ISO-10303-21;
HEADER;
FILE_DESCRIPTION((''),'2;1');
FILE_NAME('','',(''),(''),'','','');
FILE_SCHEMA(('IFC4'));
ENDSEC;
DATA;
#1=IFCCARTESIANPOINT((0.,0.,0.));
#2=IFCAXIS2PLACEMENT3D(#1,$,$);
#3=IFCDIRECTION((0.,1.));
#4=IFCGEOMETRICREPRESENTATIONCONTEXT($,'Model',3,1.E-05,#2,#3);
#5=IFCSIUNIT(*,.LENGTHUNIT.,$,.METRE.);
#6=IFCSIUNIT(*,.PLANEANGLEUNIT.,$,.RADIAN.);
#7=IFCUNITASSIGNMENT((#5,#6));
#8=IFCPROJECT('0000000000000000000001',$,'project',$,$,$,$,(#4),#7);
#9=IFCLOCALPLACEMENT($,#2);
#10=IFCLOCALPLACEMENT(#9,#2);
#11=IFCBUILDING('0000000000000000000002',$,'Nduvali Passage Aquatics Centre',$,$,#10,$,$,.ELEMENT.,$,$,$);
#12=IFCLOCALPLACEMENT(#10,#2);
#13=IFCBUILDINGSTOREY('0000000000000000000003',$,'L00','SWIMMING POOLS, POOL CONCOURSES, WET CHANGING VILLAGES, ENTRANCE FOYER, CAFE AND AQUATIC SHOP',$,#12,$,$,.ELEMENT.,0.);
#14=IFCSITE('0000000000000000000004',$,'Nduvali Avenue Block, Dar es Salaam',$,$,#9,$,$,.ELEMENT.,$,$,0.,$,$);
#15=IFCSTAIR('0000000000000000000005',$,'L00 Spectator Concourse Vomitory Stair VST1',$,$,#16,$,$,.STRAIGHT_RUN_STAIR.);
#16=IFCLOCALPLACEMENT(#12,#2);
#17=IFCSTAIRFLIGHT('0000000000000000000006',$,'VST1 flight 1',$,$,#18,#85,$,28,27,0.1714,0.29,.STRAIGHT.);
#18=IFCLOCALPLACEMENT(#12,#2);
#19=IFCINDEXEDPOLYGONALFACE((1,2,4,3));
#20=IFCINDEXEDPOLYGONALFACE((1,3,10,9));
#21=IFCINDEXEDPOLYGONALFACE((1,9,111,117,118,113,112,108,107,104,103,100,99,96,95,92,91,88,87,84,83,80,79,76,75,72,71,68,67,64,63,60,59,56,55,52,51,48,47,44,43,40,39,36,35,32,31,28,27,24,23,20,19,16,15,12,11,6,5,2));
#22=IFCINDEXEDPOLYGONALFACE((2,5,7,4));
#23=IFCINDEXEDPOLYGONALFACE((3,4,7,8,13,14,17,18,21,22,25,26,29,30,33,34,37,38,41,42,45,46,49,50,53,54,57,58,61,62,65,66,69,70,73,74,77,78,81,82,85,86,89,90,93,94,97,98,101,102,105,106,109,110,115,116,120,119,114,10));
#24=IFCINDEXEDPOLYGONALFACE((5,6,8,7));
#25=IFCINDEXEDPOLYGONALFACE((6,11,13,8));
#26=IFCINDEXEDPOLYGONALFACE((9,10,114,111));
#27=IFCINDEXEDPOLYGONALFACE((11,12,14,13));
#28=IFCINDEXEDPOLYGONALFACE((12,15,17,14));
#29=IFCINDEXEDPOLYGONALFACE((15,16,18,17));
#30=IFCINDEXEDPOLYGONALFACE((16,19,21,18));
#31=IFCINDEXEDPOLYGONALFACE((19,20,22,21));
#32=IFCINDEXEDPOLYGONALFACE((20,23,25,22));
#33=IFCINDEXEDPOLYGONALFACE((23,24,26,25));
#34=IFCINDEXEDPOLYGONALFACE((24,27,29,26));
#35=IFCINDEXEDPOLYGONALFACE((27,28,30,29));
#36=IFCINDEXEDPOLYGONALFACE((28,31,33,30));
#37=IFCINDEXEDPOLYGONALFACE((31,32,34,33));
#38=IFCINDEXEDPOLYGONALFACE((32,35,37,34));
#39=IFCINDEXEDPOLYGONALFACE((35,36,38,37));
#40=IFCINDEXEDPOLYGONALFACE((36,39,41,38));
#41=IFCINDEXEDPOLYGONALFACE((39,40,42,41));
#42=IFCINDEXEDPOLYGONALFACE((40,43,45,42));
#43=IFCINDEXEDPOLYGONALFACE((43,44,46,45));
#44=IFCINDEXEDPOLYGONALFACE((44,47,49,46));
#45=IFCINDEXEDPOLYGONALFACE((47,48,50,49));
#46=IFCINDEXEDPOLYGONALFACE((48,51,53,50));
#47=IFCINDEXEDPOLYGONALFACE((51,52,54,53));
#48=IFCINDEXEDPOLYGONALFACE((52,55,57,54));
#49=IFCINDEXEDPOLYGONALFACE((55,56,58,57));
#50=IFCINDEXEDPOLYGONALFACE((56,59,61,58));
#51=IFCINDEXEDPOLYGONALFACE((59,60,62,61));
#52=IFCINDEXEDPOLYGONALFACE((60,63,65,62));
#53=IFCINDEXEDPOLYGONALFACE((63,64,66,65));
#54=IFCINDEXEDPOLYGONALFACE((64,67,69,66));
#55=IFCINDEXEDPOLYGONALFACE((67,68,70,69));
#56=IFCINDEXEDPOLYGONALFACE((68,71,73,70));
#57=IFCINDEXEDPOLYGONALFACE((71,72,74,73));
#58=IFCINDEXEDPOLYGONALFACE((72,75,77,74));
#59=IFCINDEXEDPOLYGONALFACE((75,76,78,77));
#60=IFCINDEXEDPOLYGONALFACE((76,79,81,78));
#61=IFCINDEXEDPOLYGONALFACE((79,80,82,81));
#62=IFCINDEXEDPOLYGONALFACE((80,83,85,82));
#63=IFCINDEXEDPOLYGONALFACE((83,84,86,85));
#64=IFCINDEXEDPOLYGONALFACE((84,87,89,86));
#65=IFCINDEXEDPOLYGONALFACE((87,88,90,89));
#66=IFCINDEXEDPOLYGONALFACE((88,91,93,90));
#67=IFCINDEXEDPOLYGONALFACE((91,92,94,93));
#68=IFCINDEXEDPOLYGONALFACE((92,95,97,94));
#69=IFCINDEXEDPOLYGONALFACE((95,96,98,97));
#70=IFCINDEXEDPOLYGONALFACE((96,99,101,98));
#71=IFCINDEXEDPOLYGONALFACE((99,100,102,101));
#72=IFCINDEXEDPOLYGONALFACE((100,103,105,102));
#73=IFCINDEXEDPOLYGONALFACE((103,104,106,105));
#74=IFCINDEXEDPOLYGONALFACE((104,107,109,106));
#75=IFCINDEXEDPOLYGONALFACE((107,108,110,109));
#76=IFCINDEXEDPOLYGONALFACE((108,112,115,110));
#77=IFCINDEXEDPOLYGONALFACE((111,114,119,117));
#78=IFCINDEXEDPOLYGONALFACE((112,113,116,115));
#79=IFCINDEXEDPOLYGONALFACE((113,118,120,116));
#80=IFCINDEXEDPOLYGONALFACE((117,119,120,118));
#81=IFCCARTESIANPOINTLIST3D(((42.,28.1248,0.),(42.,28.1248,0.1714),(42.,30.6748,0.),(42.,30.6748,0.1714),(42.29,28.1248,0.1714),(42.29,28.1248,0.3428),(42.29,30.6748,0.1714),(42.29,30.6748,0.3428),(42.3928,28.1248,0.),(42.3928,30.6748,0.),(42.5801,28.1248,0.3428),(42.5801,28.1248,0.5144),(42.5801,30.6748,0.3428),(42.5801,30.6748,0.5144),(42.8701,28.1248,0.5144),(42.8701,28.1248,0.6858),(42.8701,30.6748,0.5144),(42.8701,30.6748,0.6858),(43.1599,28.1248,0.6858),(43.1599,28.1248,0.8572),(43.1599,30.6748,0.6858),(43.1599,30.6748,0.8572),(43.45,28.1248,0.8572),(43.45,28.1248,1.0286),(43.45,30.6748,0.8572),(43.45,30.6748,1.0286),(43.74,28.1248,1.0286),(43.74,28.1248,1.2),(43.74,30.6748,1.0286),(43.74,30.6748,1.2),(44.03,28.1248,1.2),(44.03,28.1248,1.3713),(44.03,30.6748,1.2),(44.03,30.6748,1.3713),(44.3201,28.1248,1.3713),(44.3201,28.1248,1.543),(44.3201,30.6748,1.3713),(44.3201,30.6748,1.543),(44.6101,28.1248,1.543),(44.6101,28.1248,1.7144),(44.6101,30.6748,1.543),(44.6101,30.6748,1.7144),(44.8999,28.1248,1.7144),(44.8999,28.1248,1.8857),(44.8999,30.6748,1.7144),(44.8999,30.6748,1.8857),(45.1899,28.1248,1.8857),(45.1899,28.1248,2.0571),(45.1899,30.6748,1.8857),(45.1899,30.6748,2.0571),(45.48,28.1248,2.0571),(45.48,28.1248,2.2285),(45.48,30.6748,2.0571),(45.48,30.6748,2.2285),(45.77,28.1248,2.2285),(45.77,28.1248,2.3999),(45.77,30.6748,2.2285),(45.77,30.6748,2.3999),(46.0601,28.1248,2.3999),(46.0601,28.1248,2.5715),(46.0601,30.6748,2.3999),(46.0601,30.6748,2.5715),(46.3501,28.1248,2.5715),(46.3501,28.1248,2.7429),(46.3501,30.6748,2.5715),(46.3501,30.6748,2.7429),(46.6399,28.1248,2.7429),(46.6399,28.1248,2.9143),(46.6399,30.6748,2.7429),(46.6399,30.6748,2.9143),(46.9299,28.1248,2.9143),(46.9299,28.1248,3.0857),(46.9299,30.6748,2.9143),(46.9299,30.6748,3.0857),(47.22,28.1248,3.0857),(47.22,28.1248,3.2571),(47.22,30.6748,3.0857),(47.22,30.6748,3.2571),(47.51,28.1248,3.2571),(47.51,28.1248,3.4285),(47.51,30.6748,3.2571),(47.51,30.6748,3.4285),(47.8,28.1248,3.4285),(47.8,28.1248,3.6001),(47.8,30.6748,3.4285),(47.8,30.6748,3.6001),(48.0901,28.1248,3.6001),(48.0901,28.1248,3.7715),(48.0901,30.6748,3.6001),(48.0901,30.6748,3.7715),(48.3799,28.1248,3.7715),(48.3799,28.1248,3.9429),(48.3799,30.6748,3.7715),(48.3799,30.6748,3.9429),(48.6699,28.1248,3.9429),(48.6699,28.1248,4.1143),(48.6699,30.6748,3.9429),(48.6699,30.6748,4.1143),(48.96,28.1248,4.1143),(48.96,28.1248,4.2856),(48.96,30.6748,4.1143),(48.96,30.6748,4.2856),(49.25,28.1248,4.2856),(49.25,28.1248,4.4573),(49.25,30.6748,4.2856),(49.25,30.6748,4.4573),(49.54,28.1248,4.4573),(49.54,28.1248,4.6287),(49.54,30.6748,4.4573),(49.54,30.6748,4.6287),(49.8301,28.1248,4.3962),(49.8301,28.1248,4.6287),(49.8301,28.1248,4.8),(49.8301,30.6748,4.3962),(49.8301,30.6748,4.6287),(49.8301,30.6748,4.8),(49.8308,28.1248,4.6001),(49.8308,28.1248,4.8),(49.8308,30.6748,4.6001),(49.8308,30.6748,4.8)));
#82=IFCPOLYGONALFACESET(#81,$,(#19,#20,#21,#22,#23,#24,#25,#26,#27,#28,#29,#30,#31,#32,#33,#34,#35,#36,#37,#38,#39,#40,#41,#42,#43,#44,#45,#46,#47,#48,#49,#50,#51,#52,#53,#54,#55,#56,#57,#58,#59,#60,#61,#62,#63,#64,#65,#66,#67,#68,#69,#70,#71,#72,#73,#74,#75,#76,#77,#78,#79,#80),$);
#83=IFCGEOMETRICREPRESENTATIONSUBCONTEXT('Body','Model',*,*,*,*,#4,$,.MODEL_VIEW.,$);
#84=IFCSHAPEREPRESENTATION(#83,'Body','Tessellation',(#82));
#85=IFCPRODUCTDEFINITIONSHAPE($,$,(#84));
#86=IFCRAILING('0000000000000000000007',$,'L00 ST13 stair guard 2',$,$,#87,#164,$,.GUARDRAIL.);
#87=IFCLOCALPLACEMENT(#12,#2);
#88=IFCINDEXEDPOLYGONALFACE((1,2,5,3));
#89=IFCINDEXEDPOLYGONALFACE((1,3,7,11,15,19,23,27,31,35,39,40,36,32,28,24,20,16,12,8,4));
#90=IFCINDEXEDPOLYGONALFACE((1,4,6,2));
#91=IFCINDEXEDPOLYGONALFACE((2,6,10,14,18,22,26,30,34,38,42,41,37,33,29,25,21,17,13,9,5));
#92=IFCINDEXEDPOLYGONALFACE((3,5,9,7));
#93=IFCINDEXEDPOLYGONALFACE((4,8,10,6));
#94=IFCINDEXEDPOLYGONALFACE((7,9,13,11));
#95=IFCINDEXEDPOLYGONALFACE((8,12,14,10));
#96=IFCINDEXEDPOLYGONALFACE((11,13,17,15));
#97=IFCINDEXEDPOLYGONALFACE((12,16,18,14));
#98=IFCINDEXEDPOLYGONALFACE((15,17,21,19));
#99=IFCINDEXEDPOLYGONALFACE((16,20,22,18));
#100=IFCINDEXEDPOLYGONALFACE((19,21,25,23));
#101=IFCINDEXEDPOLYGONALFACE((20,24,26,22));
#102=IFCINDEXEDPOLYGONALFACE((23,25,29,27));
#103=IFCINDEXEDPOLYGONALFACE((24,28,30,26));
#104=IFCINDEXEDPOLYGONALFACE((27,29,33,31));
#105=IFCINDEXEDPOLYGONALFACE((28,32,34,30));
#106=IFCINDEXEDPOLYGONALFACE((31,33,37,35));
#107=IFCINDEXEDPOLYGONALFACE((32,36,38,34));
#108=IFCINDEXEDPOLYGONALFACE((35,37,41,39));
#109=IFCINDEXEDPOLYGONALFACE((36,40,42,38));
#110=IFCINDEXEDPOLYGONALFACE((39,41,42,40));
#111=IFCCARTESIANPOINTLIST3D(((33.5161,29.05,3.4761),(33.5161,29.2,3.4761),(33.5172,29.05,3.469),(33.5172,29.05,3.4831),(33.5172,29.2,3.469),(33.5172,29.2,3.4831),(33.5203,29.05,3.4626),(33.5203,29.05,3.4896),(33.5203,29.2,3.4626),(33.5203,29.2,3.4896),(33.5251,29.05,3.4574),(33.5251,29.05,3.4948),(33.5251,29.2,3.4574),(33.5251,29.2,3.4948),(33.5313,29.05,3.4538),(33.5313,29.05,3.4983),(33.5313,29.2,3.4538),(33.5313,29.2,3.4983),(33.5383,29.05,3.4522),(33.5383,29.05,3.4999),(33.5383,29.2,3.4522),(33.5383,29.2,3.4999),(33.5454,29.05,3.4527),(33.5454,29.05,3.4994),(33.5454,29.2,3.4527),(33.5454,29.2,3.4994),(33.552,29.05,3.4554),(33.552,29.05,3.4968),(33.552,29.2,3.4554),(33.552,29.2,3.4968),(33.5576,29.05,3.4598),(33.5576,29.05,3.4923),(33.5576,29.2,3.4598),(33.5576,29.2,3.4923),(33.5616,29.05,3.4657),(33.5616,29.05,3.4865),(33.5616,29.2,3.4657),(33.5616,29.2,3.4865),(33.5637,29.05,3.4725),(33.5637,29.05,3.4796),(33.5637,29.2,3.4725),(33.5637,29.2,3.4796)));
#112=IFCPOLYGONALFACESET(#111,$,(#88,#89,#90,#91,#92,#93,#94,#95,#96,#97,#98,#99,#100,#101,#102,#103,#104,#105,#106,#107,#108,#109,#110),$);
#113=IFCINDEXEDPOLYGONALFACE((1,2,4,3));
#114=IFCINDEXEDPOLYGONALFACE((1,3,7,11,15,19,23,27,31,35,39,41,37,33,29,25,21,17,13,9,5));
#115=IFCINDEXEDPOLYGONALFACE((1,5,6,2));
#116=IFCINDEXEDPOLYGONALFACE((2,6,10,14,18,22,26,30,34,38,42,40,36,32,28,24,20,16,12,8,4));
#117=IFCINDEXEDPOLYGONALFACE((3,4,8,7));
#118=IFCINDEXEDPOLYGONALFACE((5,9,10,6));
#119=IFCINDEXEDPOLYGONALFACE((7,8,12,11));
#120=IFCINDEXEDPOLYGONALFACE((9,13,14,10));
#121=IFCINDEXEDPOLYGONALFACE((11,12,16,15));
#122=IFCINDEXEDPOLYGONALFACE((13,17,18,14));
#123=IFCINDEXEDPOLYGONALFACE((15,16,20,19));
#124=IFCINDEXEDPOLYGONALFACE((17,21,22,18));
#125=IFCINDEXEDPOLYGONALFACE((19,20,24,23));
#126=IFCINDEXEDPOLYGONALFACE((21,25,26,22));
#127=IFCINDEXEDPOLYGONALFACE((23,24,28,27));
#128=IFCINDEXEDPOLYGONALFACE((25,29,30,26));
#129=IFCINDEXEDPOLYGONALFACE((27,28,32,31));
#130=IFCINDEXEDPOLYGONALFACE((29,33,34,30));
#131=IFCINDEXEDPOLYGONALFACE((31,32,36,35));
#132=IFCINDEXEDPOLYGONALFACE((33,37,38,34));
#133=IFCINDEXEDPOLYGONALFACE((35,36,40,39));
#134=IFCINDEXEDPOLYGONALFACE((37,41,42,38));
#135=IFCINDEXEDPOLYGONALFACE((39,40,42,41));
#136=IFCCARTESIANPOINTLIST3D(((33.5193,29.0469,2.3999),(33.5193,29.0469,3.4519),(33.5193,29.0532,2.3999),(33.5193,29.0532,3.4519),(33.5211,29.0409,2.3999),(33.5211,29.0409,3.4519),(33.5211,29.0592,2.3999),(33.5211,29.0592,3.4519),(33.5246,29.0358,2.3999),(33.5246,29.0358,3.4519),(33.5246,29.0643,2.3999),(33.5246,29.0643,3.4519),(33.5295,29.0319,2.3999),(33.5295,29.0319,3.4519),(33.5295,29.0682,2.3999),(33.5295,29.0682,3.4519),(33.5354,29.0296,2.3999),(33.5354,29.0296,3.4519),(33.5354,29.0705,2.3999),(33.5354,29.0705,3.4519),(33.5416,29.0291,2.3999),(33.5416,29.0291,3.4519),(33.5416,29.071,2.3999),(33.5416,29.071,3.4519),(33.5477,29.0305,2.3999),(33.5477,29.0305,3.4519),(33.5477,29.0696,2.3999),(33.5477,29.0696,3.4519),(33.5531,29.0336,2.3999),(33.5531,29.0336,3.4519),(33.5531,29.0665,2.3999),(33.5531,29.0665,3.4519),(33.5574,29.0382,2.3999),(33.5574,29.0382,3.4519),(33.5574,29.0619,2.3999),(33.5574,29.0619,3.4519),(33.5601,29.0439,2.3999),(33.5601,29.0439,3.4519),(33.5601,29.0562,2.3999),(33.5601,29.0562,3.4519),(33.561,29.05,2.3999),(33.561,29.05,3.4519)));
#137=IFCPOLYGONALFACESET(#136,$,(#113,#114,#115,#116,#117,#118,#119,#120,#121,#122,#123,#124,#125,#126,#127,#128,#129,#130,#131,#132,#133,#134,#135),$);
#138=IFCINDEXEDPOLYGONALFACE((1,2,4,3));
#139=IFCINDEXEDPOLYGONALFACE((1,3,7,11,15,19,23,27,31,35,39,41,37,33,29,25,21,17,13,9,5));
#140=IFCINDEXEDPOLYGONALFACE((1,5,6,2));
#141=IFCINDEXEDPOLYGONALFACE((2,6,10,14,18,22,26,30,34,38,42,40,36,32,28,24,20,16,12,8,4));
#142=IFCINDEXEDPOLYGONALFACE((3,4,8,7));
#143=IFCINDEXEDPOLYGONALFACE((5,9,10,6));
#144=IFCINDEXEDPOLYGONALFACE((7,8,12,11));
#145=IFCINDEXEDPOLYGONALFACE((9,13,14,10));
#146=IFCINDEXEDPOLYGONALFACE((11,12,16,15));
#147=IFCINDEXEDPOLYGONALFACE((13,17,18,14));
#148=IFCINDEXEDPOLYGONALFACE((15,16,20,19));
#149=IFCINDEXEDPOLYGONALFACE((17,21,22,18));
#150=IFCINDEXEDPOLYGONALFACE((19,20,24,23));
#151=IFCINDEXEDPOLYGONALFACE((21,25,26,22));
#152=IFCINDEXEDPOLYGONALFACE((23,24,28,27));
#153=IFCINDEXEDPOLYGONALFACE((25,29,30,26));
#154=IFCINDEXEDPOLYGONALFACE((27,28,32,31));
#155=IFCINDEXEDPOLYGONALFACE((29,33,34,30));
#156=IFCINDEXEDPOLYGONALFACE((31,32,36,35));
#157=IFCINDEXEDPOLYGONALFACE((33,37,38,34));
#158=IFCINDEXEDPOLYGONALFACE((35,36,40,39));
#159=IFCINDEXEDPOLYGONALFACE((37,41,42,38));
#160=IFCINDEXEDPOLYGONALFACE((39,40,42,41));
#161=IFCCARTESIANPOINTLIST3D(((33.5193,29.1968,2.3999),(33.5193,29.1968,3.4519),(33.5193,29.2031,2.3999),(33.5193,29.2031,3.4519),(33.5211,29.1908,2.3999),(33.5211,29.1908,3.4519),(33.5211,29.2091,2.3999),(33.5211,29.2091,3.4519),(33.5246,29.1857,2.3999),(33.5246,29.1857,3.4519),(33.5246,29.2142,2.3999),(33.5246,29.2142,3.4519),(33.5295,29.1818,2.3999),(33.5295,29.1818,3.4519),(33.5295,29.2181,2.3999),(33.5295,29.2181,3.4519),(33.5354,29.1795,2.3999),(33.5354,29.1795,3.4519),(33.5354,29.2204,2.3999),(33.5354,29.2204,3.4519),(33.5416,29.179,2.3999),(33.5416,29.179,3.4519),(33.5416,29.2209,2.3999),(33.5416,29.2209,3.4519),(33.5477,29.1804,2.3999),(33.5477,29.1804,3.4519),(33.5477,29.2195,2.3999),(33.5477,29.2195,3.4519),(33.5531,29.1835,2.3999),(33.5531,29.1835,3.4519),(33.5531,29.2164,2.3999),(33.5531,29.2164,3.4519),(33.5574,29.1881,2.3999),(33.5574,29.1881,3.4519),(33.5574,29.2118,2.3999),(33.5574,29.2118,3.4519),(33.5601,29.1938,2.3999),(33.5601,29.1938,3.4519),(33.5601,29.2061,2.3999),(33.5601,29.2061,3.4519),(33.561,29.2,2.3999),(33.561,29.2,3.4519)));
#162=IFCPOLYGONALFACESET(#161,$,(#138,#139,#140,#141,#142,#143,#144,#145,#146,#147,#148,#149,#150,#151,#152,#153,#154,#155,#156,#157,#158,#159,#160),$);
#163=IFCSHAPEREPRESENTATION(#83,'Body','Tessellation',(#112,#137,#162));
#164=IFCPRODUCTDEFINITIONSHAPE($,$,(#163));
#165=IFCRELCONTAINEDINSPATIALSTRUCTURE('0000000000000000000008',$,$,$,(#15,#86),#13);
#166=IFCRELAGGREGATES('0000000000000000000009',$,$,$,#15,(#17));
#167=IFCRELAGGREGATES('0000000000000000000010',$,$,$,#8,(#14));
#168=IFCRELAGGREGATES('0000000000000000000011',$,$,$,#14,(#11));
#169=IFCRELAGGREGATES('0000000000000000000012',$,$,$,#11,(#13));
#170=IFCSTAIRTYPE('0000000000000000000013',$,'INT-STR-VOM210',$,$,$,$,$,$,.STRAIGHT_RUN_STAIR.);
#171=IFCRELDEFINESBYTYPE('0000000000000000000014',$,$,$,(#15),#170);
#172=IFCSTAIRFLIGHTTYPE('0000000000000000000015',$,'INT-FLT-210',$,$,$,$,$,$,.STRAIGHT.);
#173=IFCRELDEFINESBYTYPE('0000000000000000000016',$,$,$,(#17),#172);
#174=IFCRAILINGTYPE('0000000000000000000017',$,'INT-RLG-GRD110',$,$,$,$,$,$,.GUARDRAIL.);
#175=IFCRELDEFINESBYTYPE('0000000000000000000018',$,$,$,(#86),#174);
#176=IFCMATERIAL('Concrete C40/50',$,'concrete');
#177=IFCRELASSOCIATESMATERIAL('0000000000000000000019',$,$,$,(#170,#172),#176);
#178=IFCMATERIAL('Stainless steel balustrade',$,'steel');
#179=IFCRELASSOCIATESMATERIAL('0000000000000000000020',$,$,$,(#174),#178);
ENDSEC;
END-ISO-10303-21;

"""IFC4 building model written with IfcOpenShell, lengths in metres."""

from ifc_helpers import new_model, si_unit, direction, frame, origin, origin_2d, place, context, subcontext, project, spatial, polyline, circle, outline, extrude, material, type_object, element, aggregate, save


model = new_model("IFC4")

# Units and contexts
model_context = context("Model", 3, precision=1e-05, world=origin(), true_north=direction((0.0, 1.0)))
body_context = subcontext(model_context, "Body", "Model", "MODEL_VIEW")
ifc_project = project(units=[si_unit("LENGTHUNIT", "METRE"), si_unit("PLANEANGLEUNIT", "RADIAN")], contexts=[model_context])

# Site, building, storey
site_placement = place(None, origin())
site = spatial("IfcSite", under=ifc_project, at=site_placement, Name="Nduvali Avenue Block, Dar es Salaam", CompositionType="ELEMENT", RefElevation=0.0)
building_placement = place(site_placement, origin())
building = spatial("IfcBuilding", under=site, at=building_placement, Name="Nduvali Passage Aquatics Centre", CompositionType="ELEMENT")
storey_placement = place(building_placement, origin())
storey = spatial("IfcBuildingStorey", under=building, at=storey_placement, Name="L00", Description="SWIMMING POOLS, POOL CONCOURSES, WET CHANGING VILLAGES, ENTRANCE FOYER, CAFE AND AQUATIC SHOP", CompositionType="ELEMENT", Elevation=0.0)

# Shared definitions
ifc_material_1 = material(Name="Concrete C40/50", Category="concrete")

# Stair, stair flight
stair_type_1 = type_object("IfcStairType", Name="INT-STR-VOM210", PredefinedType="STRAIGHT_RUN_STAIR", material=ifc_material_1)
stair_1_placement = place(storey_placement, origin())
stair_1 = element("IfcStair", 1, at=stair_1_placement, inside=storey, type_object=stair_type_1, Name="L00 Spectator Concourse Vomitory Stair VST1", PredefinedType="STRAIGHT_RUN_STAIR")
stair_flight_type_1 = type_object("IfcStairFlightType", Name="INT-FLT-210", PredefinedType="STRAIGHT", material=ifc_material_1)
stair_flight_1_placement = place(storey_placement, frame((42.0, 29.3999, 0.0), z_axis=(0.0, 0.0, 1.0), x_axis=(1.0, 0.0, 0.0)))
stair_flight_1 = element("IfcStairFlight", 2, at=stair_flight_1_placement, type_object=stair_flight_type_1, Name="VST1 flight 1", NumberOfRisers=28, NumberOfTreads=27, PredefinedType="STRAIGHT", RiserHeight=0.1714, TreadLength=0.29, context=body_context, shape_type="SweptSolid", body=[
    extrude(outline(polyline([(0.0, 0.0), (0.0, 0.1714), (0.29, 0.1714), (0.29, 0.3428), (0.5801, 0.3428), (0.5801, 0.5144), (0.8701, 0.5144), (0.8701, 0.6858), (1.1599, 0.6858), (1.1599, 0.8572), (1.45, 0.8572), (1.45, 1.0286), (1.74, 1.0286), (1.74, 1.2), (2.03, 1.2), (2.03, 1.3713), (2.3201, 1.3713), (2.3201, 1.543), (2.6101, 1.543), (2.6101, 1.7144), (2.8999, 1.7144), (2.8999, 1.8857), (3.1899, 1.8857), (3.1899, 2.0571), (3.48, 2.0571), (3.48, 2.2285), (3.77, 2.2285), (3.77, 2.3999), (4.0601, 2.3999), (4.0601, 2.5715), (4.3501, 2.5715), (4.3501, 2.7429), (4.6399, 2.7429), (4.6399, 2.9143), (4.9299, 2.9143), (4.9299, 3.0857), (5.22, 3.0857), (5.22, 3.2571), (5.51, 3.2571), (5.51, 3.4285), (5.8, 3.4285), (5.8, 3.6001), (6.0901, 3.6001), (6.0901, 3.7715), (6.3799, 3.7715), (6.3799, 3.9429), (6.6699, 3.9429), (6.6699, 4.1143), (6.96, 4.1143), (6.96, 4.2856), (7.25, 4.2856), (7.25, 4.4573), (7.54, 4.4573), (7.54, 4.6287), (7.8301, 4.6287), (7.8301, 4.8), (7.8308, 4.8), (7.8308, 4.6001), (7.8301, 4.3962), (0.3928, 0.0), (0.0, 0.0)])), frame((0.0, 1.2749, 0.0), z_axis=(0.0, -1.0, 0.0), x_axis=(1.0, 0.0, 0.0)), (0.0, 0.0, 1.0), 2.55),
])
aggregate(stair_1, [stair_flight_1])

# Railing
ifc_material_2 = material(Name="Stainless steel balustrade", Category="steel")
railing_type_1 = type_object("IfcRailingType", Name="INT-RLG-GRD110", PredefinedType="GUARDRAIL", material=ifc_material_2)
railing_1_placement = place(storey_placement, frame((33.54, 29.05, 2.3999)))
element("IfcRailing", 3, at=railing_1_placement, inside=storey, type_object=railing_type_1, Name="L00 ST13 stair guard 2", PredefinedType="GUARDRAIL", context=body_context, shape_type="SweptSolid", body=[
    extrude(circle(Radius=0.0239, at=origin_2d()), frame((0.0, 0.0, 1.0762), z_axis=(0.0, 1.0, 0.0), x_axis=(-1.0, 0.0, 0.0)), (0.0, 0.0, 1.0), 0.1499),
    extrude(circle(Radius=0.021, at=origin_2d()), origin(), (0.0, 0.0, 1.0), 1.052),
    extrude(circle(Radius=0.021, at=origin_2d()), frame((0.0, 0.1499, 0.0)), (0.0, 0.0, 1.0), 1.052),
])

save(model, "model.ifc")
